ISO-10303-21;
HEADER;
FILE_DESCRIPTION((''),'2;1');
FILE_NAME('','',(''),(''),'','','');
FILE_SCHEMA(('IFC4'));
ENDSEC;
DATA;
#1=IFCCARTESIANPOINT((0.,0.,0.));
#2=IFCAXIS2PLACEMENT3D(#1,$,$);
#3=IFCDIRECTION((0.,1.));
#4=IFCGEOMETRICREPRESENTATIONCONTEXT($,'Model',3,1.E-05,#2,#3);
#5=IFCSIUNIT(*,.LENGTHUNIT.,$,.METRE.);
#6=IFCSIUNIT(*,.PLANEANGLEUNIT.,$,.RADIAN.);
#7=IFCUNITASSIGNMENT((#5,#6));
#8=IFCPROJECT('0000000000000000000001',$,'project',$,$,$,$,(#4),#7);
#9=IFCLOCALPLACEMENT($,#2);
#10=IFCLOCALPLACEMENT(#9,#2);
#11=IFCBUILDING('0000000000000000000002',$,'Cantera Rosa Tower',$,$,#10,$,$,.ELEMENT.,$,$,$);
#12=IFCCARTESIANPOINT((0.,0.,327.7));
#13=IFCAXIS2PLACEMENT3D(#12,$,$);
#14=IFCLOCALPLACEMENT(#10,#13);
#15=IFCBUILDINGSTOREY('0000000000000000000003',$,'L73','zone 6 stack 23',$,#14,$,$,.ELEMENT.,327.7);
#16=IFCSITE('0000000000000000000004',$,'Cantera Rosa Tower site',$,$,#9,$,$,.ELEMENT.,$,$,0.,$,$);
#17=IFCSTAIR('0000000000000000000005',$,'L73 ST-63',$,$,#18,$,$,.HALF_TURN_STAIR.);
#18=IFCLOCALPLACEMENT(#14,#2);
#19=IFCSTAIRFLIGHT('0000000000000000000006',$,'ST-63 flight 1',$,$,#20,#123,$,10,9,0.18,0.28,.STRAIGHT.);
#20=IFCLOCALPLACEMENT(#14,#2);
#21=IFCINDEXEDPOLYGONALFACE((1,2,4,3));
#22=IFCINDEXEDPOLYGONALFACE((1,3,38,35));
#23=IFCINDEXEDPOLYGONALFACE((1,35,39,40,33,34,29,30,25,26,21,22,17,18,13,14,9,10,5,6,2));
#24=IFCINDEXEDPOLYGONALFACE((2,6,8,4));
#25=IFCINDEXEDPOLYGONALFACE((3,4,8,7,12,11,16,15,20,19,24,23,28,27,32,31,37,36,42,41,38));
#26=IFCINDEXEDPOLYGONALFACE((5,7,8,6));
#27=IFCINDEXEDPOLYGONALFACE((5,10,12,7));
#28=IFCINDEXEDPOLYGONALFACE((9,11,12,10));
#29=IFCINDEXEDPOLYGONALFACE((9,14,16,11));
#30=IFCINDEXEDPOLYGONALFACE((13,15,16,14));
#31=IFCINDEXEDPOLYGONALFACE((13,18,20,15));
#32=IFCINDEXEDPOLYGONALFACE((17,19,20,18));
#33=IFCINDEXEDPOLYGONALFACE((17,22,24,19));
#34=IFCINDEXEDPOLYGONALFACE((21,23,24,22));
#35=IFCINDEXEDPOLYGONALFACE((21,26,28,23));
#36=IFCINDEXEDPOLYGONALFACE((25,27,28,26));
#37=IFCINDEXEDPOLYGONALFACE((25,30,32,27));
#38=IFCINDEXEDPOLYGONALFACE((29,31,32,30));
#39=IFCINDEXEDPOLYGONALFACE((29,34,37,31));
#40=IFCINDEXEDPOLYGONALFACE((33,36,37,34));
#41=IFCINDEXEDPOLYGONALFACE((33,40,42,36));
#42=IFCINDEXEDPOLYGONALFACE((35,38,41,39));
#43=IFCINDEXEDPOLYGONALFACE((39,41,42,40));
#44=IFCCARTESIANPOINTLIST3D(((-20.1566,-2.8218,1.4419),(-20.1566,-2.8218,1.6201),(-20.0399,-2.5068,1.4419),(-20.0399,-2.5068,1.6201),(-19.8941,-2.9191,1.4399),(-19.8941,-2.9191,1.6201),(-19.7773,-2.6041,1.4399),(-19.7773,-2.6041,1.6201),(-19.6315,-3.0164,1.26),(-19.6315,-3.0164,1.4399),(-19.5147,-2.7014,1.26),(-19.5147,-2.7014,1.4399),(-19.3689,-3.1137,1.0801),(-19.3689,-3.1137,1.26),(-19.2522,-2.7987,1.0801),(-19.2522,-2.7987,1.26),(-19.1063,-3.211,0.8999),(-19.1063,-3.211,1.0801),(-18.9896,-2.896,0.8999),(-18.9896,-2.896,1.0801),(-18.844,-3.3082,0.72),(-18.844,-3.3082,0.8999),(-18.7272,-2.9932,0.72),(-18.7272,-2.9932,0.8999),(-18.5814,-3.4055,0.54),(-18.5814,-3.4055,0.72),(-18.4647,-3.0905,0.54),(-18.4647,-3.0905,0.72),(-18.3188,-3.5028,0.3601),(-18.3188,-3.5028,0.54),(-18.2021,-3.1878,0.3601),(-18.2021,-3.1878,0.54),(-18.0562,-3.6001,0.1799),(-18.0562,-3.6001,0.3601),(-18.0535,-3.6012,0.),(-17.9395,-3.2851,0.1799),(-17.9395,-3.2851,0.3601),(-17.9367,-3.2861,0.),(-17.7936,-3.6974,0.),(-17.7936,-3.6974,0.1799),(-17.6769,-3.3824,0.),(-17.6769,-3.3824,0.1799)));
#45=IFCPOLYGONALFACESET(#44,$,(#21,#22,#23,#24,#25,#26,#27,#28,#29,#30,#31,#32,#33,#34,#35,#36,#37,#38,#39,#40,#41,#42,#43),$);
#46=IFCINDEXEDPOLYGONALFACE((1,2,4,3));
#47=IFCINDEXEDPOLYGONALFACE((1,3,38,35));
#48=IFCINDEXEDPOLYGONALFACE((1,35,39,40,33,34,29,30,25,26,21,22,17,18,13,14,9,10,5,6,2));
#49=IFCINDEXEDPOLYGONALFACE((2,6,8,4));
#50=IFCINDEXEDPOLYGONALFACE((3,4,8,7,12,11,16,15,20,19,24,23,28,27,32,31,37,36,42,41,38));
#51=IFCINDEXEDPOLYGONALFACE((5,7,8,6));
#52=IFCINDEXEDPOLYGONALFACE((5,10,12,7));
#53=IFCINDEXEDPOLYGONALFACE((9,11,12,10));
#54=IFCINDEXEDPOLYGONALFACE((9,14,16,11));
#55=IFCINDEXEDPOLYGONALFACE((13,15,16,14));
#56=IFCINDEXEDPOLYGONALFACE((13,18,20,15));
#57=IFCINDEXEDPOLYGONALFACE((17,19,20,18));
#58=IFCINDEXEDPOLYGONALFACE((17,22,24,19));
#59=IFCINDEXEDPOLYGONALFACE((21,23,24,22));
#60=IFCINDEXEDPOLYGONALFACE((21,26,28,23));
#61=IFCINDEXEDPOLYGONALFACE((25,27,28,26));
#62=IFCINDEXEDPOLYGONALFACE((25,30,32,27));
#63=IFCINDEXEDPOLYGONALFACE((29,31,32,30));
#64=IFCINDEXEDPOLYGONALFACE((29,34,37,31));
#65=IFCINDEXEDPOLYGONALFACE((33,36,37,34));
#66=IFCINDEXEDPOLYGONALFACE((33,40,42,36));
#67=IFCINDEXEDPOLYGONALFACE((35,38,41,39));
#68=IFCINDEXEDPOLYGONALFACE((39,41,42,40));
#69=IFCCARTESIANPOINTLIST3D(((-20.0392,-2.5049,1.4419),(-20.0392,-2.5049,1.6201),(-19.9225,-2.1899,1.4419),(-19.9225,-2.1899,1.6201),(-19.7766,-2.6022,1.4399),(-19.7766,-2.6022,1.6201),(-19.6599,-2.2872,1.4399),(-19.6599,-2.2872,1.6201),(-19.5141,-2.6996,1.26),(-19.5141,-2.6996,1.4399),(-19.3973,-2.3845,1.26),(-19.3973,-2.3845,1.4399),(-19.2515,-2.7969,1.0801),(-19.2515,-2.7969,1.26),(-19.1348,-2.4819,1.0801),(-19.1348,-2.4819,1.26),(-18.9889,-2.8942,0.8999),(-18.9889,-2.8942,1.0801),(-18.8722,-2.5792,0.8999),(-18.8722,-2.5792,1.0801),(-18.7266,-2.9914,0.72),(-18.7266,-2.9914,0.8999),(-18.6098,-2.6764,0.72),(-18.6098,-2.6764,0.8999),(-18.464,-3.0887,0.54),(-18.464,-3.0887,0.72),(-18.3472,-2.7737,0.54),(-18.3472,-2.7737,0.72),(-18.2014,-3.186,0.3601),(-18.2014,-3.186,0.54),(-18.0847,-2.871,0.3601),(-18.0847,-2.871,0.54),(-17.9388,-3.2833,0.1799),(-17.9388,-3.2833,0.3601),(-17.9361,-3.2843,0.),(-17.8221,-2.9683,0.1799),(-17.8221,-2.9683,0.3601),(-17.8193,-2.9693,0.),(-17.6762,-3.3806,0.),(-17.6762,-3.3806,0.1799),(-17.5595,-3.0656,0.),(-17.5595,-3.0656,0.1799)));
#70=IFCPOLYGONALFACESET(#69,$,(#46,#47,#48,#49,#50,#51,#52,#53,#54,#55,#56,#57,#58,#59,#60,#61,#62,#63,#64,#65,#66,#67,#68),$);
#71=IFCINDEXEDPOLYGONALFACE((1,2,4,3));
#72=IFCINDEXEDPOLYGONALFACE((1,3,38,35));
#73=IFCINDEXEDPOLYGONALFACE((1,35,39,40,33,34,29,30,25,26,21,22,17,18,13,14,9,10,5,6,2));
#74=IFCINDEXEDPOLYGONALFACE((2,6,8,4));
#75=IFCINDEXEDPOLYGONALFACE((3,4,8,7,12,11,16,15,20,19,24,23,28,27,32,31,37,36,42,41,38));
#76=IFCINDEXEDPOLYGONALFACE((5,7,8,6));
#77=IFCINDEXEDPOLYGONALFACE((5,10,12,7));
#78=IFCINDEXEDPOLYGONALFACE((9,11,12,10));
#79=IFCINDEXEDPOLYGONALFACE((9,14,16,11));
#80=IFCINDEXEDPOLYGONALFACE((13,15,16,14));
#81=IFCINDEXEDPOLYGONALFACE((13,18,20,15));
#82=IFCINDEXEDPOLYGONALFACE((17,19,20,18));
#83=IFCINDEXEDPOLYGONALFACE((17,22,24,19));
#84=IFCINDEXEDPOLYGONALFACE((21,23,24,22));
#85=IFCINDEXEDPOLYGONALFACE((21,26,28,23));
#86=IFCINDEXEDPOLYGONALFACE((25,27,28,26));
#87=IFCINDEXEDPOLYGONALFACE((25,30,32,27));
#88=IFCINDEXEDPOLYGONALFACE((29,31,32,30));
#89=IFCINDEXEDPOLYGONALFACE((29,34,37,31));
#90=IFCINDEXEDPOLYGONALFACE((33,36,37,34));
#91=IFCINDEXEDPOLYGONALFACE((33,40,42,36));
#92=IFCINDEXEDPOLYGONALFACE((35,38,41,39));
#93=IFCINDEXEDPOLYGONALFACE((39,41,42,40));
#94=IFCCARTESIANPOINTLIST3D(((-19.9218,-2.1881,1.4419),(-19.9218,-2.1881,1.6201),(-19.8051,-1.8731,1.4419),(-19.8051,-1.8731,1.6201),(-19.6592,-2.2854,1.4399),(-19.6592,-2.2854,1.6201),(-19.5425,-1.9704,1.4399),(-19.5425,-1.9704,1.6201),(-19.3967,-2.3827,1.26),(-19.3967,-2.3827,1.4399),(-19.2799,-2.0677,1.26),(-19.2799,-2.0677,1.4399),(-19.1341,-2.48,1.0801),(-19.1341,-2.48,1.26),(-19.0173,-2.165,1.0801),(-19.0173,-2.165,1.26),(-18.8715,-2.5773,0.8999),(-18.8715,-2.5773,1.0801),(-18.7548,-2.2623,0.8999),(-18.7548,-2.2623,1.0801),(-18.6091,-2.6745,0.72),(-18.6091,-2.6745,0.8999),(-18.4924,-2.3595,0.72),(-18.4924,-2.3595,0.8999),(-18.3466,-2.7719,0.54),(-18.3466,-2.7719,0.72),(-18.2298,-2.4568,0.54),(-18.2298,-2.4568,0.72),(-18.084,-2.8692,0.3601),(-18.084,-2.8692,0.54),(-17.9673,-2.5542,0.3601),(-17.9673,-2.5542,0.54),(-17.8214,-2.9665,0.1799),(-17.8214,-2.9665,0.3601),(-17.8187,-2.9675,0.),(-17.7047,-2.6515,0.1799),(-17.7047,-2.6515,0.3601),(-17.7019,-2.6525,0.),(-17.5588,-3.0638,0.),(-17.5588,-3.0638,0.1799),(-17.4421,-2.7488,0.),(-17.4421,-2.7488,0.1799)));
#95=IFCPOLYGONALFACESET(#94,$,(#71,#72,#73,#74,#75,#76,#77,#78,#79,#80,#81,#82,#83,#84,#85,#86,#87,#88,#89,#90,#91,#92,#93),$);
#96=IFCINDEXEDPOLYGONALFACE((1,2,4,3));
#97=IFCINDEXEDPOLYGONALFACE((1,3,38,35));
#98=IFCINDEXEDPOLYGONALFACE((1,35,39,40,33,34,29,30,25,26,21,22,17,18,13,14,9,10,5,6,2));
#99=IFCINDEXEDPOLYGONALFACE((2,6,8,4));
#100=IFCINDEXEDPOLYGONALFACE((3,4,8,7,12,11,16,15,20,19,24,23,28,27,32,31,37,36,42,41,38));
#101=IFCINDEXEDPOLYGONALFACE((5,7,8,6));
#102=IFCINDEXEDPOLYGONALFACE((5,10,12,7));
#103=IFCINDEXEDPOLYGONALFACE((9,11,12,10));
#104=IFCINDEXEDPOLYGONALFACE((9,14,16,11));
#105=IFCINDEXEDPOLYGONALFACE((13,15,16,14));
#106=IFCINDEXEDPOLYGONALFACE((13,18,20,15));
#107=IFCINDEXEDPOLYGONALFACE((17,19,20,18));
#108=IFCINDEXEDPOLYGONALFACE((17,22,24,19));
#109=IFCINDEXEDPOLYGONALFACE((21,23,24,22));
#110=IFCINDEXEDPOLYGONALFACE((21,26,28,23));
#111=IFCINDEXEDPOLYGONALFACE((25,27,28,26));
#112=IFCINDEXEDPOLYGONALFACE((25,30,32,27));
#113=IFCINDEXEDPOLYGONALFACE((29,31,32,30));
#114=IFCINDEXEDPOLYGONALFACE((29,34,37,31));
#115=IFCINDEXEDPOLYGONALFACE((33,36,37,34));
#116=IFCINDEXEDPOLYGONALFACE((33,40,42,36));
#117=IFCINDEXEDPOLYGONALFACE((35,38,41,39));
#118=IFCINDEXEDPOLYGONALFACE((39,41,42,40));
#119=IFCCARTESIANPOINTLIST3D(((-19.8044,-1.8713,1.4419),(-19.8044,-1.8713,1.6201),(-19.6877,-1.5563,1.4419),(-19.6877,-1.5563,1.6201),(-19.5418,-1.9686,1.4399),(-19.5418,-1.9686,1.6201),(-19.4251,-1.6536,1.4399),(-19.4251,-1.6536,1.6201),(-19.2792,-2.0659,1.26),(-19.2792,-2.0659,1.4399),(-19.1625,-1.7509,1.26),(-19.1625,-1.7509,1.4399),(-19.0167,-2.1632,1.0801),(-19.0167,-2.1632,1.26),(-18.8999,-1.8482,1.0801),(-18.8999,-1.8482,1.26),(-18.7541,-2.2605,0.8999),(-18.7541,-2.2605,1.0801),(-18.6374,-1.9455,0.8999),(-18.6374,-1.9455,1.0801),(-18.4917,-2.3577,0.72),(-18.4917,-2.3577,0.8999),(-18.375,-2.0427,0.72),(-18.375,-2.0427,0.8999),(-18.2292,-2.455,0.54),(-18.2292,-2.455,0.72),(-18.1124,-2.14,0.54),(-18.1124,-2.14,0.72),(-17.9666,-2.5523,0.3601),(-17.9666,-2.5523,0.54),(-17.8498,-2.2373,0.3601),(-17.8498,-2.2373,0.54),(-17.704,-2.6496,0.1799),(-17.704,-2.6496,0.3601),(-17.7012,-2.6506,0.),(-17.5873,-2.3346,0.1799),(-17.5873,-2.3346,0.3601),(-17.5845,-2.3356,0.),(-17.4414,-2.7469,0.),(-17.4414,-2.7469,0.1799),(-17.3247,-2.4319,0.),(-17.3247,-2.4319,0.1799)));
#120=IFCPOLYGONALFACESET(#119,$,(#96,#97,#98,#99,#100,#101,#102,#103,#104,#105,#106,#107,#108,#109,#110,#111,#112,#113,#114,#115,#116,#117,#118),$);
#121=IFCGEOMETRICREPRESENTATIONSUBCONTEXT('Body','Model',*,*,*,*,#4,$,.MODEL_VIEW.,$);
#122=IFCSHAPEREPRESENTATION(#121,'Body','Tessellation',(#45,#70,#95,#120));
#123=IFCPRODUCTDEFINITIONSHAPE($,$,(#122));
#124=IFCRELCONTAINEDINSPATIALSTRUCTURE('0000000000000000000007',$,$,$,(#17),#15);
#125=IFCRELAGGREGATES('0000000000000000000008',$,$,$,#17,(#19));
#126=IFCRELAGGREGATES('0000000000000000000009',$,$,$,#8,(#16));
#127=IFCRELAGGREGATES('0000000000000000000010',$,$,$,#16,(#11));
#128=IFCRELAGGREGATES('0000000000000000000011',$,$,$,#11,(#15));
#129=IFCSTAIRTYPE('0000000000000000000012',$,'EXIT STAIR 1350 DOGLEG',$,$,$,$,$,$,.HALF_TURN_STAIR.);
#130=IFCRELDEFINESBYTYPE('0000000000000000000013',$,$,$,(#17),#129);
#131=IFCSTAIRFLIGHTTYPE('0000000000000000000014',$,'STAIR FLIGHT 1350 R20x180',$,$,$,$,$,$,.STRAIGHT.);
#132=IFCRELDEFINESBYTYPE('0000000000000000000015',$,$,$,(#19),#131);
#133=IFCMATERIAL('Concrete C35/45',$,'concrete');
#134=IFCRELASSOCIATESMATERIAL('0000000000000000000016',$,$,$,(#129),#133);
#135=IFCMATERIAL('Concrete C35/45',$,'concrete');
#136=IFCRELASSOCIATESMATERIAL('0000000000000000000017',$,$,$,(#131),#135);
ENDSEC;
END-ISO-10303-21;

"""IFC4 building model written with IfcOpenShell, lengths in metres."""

from ifc_helpers import new_model, si_unit, direction, frame, origin, place, context, subcontext, project, spatial, polyline, outline, extrude, material, type_object, element, aggregate, save


model = new_model("IFC4")

# Units and contexts
model_context = context("Model", 3, precision=1e-05, world=origin(), true_north=direction((0.0, 1.0)))
body_context = subcontext(model_context, "Body", "Model", "MODEL_VIEW")
ifc_project = project(units=[si_unit("LENGTHUNIT", "METRE"), si_unit("PLANEANGLEUNIT", "RADIAN")], contexts=[model_context])

# Site, building, storey
site_placement = place(None, origin())
site = spatial("IfcSite", under=ifc_project, at=site_placement, Name="Cantera Rosa Tower site", CompositionType="ELEMENT", RefElevation=0.0)
building_placement = place(site_placement, origin())
building = spatial("IfcBuilding", under=site, at=building_placement, Name="Cantera Rosa Tower", CompositionType="ELEMENT")
storey_placement = place(building_placement, frame((0.0, 0.0, 327.7)))
storey = spatial("IfcBuildingStorey", under=building, at=storey_placement, Name="L73", Description="zone 6 stack 23", CompositionType="ELEMENT", Elevation=327.7)

# Stair, stair flight
ifc_material_1 = material(Name="Concrete C35/45", Category="concrete")
stair_type = type_object("IfcStairType", Name="EXIT STAIR 1350 DOGLEG", PredefinedType="HALF_TURN_STAIR", material=ifc_material_1)
stair_placement = place(storey_placement, origin())
stair = element("IfcStair", 1, at=stair_placement, inside=storey, type_object=stair_type, Name="L73 ST-63", PredefinedType="HALF_TURN_STAIR")
ifc_material_2 = material(Name="Concrete C35/45", Category="concrete")
stair_flight_type = type_object("IfcStairFlightType", Name="STAIR FLIGHT 1350 R20x180", PredefinedType="STRAIGHT", material=ifc_material_2)
stair_flight_1_placement = place(storey_placement, frame((-17.5591, -3.0645, 0.0), z_axis=(0.0, 0.0, 1.0), x_axis=(-0.937687, 0.347481, 0.0)))
stair_flight_1 = element("IfcStairFlight", 2, at=stair_flight_1_placement, type_object=stair_flight_type, Name="ST-63 flight 1", NumberOfRisers=10, NumberOfTreads=9, PredefinedType="STRAIGHT", RiserHeight=0.18, TreadLength=0.28, context=body_context, shape_type="SweptSolid", body=[
    extrude(outline(polyline([(0.0, 0.0), (0.0, 0.1799), (0.28, 0.1799), (0.28, 0.3601), (0.5601, 0.3601), (0.5601, 0.54), (0.8401, 0.54), (0.8401, 0.72), (1.1201, 0.72), (1.1201, 0.8999), (1.3999, 0.8999), (1.3999, 1.0801), (1.6799, 1.0801), (1.6799, 1.26), (1.96, 1.26), (1.96, 1.4399), (2.24, 1.4399), (2.24, 1.6201), (2.52, 1.6201), (2.52, 1.8), (2.52, 1.4419), (0.2771, 0.0), (0.0, 0.0)])), frame((0.0, 0.675, 0.0), z_axis=(0.0, -1.0, 0.0), x_axis=(1.0, 0.0, 0.0)), (0.0, 0.0, 1.0), 0.3359),
    extrude(outline(polyline([(0.0, 0.0), (0.0, 0.1799), (0.28, 0.1799), (0.28, 0.3601), (0.5601, 0.3601), (0.5601, 0.54), (0.8401, 0.54), (0.8401, 0.72), (1.1201, 0.72), (1.1201, 0.8999), (1.3999, 0.8999), (1.3999, 1.0801), (1.6799, 1.0801), (1.6799, 1.26), (1.96, 1.26), (1.96, 1.4399), (2.24, 1.4399), (2.24, 1.6201), (2.52, 1.6201), (2.52, 1.8), (2.52, 1.4419), (0.2771, 0.0), (0.0, 0.0)])), frame((0.0, 0.3372, 0.0), z_axis=(0.0, -1.0, 0.0), x_axis=(1.0, 0.0, 0.0)), (0.0, 0.0, 1.0), 0.3359),
    extrude(outline(polyline([(0.0, 0.0), (0.0, 0.1799), (0.28, 0.1799), (0.28, 0.3601), (0.5601, 0.3601), (0.5601, 0.54), (0.8401, 0.54), (0.8401, 0.72), (1.1201, 0.72), (1.1201, 0.8999), (1.3999, 0.8999), (1.3999, 1.0801), (1.6799, 1.0801), (1.6799, 1.26), (1.96, 1.26), (1.96, 1.4399), (2.24, 1.4399), (2.24, 1.6201), (2.52, 1.6201), (2.52, 1.8), (2.52, 1.4419), (0.2771, 0.0), (0.0, 0.0)])), frame((0.0, -0.0007, 0.0), z_axis=(0.0, -1.0, 0.0), x_axis=(1.0, 0.0, 0.0)), (0.0, 0.0, 1.0), 0.3359),
    extrude(outline(polyline([(0.0, 0.0), (0.0, 0.1799), (0.28, 0.1799), (0.28, 0.3601), (0.5601, 0.3601), (0.5601, 0.54), (0.8401, 0.54), (0.8401, 0.72), (1.1201, 0.72), (1.1201, 0.8999), (1.3999, 0.8999), (1.3999, 1.0801), (1.6799, 1.0801), (1.6799, 1.26), (1.96, 1.26), (1.96, 1.4399), (2.24, 1.4399), (2.24, 1.6201), (2.52, 1.6201), (2.52, 1.8), (2.52, 1.4419), (0.2771, 0.0), (0.0, 0.0)])), frame((0.0, -0.3386, 0.0), z_axis=(0.0, -1.0, 0.0), x_axis=(1.0, 0.0, 0.0)), (0.0, 0.0, 1.0), 0.3359),
])
aggregate(stair, [stair_flight_1])

save(model, "model.ifc")
